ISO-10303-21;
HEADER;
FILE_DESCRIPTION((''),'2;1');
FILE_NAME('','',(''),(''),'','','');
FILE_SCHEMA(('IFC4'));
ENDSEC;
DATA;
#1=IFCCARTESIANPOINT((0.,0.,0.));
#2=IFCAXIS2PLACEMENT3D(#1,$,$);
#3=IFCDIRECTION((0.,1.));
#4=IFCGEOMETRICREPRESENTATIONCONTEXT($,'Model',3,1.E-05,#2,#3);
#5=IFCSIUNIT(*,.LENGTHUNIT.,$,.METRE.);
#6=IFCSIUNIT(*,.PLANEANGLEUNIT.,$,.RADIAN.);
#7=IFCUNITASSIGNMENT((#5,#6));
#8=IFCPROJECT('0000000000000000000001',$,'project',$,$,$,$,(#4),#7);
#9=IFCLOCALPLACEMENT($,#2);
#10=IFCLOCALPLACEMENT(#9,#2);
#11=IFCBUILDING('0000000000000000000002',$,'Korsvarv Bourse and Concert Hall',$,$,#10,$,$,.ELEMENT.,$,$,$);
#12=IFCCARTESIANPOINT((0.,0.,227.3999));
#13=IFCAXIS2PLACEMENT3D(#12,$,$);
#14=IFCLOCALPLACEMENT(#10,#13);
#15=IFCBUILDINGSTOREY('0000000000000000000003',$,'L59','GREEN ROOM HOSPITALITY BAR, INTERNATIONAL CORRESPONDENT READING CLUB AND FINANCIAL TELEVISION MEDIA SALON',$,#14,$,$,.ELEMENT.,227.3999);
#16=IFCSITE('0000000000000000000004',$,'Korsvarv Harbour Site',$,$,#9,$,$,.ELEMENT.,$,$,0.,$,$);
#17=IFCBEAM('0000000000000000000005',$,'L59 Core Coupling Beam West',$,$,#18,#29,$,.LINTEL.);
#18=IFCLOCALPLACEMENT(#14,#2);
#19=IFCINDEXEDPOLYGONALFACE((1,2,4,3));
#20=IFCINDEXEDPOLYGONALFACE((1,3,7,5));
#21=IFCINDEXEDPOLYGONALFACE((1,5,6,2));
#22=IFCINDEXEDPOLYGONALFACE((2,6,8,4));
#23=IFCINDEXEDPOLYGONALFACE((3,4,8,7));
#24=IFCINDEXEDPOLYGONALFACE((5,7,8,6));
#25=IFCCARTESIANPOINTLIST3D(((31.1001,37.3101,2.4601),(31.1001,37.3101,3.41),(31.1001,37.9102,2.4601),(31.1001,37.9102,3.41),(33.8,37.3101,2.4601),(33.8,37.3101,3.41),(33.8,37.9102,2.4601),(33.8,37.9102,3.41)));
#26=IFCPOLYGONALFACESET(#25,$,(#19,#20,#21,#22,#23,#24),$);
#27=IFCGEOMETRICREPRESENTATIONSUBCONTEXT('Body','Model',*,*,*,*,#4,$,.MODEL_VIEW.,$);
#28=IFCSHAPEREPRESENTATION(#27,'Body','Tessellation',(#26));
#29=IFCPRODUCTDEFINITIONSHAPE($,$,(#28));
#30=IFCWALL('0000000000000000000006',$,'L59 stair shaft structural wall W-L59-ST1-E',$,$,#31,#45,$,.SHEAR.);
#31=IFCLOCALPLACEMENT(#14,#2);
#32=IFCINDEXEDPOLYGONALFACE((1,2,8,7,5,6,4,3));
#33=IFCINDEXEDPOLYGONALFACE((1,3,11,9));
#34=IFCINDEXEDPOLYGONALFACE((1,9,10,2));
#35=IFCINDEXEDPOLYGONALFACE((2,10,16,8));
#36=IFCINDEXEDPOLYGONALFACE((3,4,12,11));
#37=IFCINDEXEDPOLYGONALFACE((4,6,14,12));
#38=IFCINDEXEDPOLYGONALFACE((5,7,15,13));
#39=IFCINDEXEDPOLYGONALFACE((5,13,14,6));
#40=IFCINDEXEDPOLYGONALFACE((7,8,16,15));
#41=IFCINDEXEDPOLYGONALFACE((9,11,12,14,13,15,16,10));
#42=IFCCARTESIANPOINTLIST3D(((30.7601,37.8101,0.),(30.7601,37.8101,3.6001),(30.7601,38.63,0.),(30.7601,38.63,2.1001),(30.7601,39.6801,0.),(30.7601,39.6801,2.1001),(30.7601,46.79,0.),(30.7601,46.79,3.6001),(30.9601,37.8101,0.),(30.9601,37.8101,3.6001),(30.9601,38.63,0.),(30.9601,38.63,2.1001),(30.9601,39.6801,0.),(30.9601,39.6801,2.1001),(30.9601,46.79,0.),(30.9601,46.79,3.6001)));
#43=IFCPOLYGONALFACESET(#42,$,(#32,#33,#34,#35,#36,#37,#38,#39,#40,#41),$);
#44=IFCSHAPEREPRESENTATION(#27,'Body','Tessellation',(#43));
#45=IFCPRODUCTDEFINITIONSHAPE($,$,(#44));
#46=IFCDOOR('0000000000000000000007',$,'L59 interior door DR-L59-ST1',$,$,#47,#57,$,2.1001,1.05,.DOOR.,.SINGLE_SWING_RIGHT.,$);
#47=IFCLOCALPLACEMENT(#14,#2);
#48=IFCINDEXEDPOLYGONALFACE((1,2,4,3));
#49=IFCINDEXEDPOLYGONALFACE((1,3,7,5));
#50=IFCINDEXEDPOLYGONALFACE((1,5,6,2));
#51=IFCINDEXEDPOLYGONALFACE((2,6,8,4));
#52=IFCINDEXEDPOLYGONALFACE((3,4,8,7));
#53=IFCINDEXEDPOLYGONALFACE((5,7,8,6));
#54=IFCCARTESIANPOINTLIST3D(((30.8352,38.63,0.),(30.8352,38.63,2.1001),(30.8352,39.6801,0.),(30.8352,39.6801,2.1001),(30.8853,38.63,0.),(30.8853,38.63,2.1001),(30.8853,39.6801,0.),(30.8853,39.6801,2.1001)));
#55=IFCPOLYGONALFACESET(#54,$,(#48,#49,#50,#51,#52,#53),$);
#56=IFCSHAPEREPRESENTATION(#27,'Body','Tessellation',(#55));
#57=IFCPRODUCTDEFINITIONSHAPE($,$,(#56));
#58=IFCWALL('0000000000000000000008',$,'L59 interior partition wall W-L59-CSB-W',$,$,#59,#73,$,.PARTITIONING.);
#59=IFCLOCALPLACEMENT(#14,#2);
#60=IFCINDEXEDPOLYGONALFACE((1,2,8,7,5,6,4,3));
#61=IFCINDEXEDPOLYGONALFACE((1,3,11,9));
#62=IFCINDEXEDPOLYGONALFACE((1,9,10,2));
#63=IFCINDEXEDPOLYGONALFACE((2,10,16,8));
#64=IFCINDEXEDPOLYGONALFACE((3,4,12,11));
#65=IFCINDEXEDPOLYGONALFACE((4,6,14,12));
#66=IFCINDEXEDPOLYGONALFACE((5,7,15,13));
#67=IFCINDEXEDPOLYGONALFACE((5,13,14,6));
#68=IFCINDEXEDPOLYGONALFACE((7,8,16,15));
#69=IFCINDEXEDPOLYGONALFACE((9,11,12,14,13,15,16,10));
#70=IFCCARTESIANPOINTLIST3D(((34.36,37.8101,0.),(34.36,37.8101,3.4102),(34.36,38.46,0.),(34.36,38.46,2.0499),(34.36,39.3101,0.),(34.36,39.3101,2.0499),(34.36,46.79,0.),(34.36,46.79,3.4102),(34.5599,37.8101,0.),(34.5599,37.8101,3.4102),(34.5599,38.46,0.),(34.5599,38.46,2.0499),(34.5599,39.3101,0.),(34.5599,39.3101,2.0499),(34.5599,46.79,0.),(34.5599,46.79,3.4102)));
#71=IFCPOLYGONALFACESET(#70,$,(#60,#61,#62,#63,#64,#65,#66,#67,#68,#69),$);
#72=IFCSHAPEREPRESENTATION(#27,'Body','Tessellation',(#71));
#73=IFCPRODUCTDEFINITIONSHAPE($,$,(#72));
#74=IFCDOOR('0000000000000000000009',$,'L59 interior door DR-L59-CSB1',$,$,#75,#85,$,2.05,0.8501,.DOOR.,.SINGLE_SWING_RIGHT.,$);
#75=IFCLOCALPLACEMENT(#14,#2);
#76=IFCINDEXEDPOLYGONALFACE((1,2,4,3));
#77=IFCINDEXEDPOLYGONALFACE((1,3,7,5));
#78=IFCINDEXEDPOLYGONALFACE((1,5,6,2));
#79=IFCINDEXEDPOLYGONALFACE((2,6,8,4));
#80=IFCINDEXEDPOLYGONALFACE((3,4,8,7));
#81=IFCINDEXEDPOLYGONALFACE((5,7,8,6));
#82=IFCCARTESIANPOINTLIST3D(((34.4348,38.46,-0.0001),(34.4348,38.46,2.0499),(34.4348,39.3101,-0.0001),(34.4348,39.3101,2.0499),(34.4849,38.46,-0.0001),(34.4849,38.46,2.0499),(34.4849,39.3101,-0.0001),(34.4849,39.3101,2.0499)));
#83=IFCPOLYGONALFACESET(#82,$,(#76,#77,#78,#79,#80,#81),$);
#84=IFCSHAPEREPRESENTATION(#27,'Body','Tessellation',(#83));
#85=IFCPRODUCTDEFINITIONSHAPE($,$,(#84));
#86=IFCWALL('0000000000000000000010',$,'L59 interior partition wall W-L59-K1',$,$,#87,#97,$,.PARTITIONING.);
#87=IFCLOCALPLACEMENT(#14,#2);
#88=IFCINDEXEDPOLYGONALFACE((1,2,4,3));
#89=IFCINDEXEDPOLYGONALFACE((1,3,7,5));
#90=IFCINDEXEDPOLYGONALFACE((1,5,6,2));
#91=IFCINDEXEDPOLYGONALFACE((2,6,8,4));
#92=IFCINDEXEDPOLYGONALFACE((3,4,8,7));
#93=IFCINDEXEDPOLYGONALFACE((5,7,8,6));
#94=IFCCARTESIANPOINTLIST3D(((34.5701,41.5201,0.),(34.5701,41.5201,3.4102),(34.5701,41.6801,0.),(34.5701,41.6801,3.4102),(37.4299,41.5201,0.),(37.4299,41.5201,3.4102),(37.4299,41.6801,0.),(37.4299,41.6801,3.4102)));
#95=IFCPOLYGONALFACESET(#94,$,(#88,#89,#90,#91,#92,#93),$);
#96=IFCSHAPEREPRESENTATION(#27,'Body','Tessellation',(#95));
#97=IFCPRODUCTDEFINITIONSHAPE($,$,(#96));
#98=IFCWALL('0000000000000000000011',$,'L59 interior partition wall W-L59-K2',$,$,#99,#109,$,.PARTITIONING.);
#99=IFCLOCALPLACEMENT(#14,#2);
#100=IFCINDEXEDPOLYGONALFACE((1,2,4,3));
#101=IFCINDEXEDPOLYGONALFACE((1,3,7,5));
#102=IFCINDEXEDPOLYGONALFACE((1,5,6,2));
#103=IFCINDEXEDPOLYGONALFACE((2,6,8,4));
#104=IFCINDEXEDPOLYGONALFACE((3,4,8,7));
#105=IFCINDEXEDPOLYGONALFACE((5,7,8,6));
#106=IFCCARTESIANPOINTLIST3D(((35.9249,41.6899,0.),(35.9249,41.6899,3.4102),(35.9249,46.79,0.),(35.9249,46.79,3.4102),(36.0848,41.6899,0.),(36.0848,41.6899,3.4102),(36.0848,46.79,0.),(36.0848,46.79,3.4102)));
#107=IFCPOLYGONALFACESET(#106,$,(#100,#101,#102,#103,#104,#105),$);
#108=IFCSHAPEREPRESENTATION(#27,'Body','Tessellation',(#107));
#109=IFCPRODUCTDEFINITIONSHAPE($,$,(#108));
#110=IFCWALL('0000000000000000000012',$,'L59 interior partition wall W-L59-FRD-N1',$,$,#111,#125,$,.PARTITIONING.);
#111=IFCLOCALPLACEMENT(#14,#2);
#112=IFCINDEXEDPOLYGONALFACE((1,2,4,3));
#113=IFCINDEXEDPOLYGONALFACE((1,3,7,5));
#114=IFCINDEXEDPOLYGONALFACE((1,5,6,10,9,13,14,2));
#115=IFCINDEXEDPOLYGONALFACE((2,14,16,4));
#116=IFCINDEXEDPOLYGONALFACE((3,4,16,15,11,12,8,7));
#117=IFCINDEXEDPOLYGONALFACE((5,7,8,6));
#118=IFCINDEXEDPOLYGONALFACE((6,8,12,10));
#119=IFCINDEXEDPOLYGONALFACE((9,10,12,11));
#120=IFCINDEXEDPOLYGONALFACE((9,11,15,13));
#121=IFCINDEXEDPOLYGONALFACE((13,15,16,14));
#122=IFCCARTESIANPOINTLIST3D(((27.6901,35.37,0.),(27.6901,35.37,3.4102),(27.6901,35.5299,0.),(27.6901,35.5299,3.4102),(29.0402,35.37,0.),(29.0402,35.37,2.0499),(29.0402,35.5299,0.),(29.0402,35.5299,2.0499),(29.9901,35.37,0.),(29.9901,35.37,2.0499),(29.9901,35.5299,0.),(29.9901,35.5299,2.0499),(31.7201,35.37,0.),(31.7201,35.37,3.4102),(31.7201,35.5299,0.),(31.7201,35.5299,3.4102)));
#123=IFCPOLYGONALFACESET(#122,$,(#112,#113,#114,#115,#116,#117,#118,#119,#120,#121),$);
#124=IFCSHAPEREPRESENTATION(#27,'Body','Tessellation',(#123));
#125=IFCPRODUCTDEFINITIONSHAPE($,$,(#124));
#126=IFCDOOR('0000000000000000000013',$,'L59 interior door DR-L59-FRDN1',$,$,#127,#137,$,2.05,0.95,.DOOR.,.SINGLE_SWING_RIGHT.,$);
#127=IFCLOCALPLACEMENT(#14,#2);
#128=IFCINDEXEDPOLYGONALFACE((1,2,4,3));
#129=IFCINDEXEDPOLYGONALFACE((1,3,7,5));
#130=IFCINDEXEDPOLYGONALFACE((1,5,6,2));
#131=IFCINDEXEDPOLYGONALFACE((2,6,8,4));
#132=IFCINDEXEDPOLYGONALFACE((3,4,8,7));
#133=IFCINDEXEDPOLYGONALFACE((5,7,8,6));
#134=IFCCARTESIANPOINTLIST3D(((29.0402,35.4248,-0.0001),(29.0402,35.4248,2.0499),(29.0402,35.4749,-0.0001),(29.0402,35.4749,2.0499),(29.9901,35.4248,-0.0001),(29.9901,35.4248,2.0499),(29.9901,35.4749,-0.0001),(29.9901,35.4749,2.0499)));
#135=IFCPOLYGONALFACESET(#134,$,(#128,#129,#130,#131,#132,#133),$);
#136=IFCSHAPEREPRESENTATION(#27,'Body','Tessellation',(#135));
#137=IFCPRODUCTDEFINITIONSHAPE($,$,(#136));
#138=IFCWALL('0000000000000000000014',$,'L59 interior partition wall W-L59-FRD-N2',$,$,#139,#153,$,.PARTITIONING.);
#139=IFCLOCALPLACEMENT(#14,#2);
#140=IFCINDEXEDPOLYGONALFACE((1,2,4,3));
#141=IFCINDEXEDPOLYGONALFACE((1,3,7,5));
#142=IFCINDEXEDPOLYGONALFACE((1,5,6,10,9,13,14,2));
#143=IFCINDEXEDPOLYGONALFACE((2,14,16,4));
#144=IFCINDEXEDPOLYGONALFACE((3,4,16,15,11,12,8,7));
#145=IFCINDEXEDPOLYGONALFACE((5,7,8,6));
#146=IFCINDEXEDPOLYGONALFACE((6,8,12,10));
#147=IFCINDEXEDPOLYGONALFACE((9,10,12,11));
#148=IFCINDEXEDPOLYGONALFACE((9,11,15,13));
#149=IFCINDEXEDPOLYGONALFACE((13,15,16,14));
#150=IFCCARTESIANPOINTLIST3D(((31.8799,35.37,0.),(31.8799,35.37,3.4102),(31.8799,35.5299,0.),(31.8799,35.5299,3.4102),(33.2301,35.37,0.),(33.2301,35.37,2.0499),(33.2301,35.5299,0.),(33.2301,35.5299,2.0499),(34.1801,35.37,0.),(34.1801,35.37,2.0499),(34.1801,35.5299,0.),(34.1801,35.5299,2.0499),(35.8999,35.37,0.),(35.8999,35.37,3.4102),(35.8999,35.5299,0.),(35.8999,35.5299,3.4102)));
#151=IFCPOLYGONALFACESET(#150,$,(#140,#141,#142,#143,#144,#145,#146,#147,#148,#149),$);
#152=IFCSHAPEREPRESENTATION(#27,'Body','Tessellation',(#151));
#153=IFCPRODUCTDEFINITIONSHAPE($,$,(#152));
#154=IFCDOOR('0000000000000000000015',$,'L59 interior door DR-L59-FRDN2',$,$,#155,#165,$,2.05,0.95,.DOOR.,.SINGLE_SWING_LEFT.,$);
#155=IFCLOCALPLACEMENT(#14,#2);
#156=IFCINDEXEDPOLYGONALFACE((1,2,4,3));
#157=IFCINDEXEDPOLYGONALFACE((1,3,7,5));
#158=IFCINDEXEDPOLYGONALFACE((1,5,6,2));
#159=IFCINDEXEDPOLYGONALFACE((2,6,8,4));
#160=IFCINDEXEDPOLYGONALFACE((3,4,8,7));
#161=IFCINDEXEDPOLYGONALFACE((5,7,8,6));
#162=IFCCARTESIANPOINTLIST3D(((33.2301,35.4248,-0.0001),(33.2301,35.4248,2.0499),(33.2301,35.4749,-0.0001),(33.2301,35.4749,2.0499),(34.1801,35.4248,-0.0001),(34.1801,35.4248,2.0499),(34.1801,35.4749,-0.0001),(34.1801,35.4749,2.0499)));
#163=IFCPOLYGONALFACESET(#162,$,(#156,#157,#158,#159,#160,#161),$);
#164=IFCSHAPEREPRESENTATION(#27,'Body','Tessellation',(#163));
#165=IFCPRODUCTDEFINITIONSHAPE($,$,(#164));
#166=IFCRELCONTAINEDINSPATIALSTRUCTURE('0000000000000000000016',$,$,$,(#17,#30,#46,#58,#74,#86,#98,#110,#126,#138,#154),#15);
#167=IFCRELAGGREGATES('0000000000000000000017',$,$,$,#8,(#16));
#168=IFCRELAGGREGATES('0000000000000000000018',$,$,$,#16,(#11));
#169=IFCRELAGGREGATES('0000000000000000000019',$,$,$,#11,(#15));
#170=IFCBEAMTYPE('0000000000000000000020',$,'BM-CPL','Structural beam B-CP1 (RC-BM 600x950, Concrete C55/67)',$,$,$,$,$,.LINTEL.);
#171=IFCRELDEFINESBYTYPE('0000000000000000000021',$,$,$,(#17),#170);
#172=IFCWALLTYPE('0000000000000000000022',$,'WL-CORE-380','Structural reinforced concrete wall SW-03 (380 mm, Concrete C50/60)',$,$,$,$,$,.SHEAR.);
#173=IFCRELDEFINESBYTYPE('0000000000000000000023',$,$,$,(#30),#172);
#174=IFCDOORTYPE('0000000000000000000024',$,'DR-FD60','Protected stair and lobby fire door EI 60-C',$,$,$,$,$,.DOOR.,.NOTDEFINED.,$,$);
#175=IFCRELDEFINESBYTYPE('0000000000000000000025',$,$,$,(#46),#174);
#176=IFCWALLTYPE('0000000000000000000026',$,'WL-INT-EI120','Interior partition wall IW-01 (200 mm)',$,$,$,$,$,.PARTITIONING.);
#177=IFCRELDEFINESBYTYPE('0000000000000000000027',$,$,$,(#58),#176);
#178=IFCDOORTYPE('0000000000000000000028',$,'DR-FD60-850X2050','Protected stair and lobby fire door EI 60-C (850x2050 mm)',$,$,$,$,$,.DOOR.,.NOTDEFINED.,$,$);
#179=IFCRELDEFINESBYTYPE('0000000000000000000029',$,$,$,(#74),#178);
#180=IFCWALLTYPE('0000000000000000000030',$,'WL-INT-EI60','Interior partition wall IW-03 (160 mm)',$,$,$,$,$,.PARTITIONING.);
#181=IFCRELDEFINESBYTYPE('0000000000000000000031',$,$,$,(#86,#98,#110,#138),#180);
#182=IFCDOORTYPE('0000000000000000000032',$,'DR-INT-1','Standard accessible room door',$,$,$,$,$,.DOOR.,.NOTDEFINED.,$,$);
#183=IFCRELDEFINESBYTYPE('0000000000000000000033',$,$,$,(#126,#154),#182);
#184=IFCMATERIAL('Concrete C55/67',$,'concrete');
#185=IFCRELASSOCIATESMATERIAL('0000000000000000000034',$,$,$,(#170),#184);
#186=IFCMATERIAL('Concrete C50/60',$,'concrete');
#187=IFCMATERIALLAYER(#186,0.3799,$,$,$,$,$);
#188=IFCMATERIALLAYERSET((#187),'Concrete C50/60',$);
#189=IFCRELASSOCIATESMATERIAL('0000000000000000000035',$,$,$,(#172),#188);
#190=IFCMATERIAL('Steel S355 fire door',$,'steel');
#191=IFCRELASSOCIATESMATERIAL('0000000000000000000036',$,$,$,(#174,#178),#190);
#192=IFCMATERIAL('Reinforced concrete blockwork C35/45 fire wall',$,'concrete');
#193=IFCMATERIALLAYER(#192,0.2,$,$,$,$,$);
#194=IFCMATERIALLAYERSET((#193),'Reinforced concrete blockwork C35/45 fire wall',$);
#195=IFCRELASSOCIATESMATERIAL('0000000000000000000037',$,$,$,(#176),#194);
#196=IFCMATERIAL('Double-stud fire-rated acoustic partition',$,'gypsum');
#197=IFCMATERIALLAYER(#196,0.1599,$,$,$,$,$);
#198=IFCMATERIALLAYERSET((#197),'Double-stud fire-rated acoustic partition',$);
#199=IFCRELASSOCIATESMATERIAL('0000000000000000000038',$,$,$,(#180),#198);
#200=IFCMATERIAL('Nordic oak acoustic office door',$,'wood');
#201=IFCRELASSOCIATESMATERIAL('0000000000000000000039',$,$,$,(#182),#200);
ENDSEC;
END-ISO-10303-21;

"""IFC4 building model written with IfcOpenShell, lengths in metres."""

from ifc_helpers import new_model, si_unit, direction, frame, frame_2d, origin, origin_2d, place, context, subcontext, project, spatial, rectangle, extrude, source, transform, mapped, material, layer, layer_set, material_profile, profile_set, type_object, element, fill, save


model = new_model("IFC4")

# Units and contexts
model_context = context("Model", 3, precision=1e-05, world=origin(), true_north=direction((0.0, 1.0)))
body_context = subcontext(model_context, "Body", "Model", "MODEL_VIEW")
ifc_project = project(units=[si_unit("LENGTHUNIT", "METRE"), si_unit("PLANEANGLEUNIT", "RADIAN")], contexts=[model_context])

# Site, building, storey
site_placement = place(None, origin())
site = spatial("IfcSite", under=ifc_project, at=site_placement, Name="Korsvarv Harbour Site", CompositionType="ELEMENT", RefElevation=0.0)
building_placement = place(site_placement, origin())
building = spatial("IfcBuilding", under=site, at=building_placement, Name="Korsvarv Bourse and Concert Hall", CompositionType="ELEMENT")
storey_placement = place(building_placement, frame((0.0, 0.0, 227.3999)))
storey = spatial("IfcBuildingStorey", under=building, at=storey_placement, Name="L59", Description="GREEN ROOM HOSPITALITY BAR, INTERNATIONAL CORRESPONDENT READING CLUB AND FINANCIAL TELEVISION MEDIA SALON", CompositionType="ELEMENT", Elevation=227.3999)

# Beam
ifc_material_1 = material(Name="Concrete C55/67", Category="concrete")
ifc_material_profile = material_profile(ifc_material_1, rectangle(XDim=0.6001, YDim=0.95, at=origin_2d()), Name="RC-BM 600x950")
ifc_profile_set = profile_set([ifc_material_profile], Name="Concrete C55/67")
beam_type = type_object("IfcBeamType", Name="BM-CPL", Description="Structural beam B-CP1 (RC-BM 600x950, Concrete C55/67)", PredefinedType="LINTEL", material=ifc_profile_set)
shared_shape = source(origin(), body_context, "Body", "SweptSolid", [
    extrude(rectangle(XDim=0.6001, YDim=0.95, at=origin_2d()), origin(), (0.0, 0.0, 1.0), 2.7),
])
beam_placement = place(storey_placement, frame((31.1001, 37.6101, 2.9351), z_axis=(1.0, 0.0, 0.0), x_axis=(0.0, 1.0, 0.0)))
element("IfcBeam", 1, at=beam_placement, inside=storey, type_object=beam_type, Name="L59 Core Coupling Beam West", PredefinedType="LINTEL", context=body_context, shape_type="MappedRepresentation", body=[
    mapped(shared_shape, transform((0.0, 0.0, 0.0), scale=1.0)),
])

# Walls, openings, doors
ifc_material_2 = material(Name="Concrete C50/60", Category="concrete")
ifc_layer_1 = layer(ifc_material_2, 0.3799)
ifc_layer_set_1 = layer_set([ifc_layer_1], Name="Concrete C50/60")
wall_type_1 = type_object("IfcWallType", Name="WL-CORE-380", Description="Structural reinforced concrete wall SW-03 (380 mm, Concrete C50/60)", PredefinedType="SHEAR", material=ifc_layer_set_1)
wall_1_placement = place(storey_placement, frame((30.8601, 37.8101, 0.0), z_axis=(0.0, 0.0, 1.0), x_axis=(0.0, 1.0, 0.0)))
wall_1 = element("IfcWall", 2, at=wall_1_placement, inside=storey, type_object=wall_type_1, Name="L59 stair shaft structural wall W-L59-ST1-E", PredefinedType="SHEAR", context=body_context, shape_type="SweptSolid", body=[
    extrude(rectangle(XDim=8.98, YDim=0.2, at=frame_2d((4.49, 0.0))), origin(), (0.0, 0.0, 1.0), 3.6001),
])
opening_1_placement = place(wall_1_placement, frame((0.8201, 0.0, 0.0)))
opening_1 = element("IfcOpeningElement", 3, at=opening_1_placement, cuts=wall_1, PredefinedType="OPENING", context=body_context, shape_type="SweptSolid", body=[
    extrude(rectangle(XDim=1.05, YDim=2.1001, at=frame_2d((0.5249, 1.05))), frame((0.0, 0.1099, 0.0), z_axis=(0.0, -1.0, 0.0), x_axis=(1.0, 0.0, 0.0)), (0.0, 0.0, 1.0), 0.22),
])
ifc_material_3 = material(Name="Steel S355 fire door", Category="steel")
door_type_1 = type_object("IfcDoorType", Name="DR-FD60", Description="Protected stair and lobby fire door EI 60-C", OperationType="NOTDEFINED", PredefinedType="DOOR", material=ifc_material_3)
door_1_placement = place(opening_1_placement, origin())
door_1 = element("IfcDoor", 4, at=door_1_placement, inside=storey, type_object=door_type_1, Name="L59 interior door DR-L59-ST1", OperationType="SINGLE_SWING_RIGHT", OverallHeight=2.1001, OverallWidth=1.05, PredefinedType="DOOR", context=body_context, shape_type="SweptSolid", body=[
    extrude(rectangle(XDim=1.05, YDim=2.1001, at=frame_2d((0.5249, 1.05))), frame((0.0, 0.0249, 0.0), z_axis=(0.0, -1.0, 0.0), x_axis=(1.0, 0.0, 0.0)), (0.0, 0.0, 1.0), 0.05),
])
fill(opening_1, door_1)
ifc_material_4 = material(Name="Reinforced concrete blockwork C35/45 fire wall", Category="concrete")
ifc_layer_2 = layer(ifc_material_4, 0.2)
ifc_layer_set_2 = layer_set([ifc_layer_2], Name="Reinforced concrete blockwork C35/45 fire wall")
wall_type_2 = type_object("IfcWallType", Name="WL-INT-EI120", Description="Interior partition wall IW-01 (200 mm)", PredefinedType="PARTITIONING", material=ifc_layer_set_2)
wall_2_placement = place(storey_placement, frame((34.46, 37.8101, 0.0), z_axis=(0.0, 0.0, 1.0), x_axis=(0.0, 1.0, 0.0)))
wall_2 = element("IfcWall", 5, at=wall_2_placement, inside=storey, type_object=wall_type_2, Name="L59 interior partition wall W-L59-CSB-W", PredefinedType="PARTITIONING", context=body_context, shape_type="SweptSolid", body=[
    extrude(rectangle(XDim=8.98, YDim=0.2, at=frame_2d((4.49, 0.0))), origin(), (0.0, 0.0, 1.0), 3.4102),
])
opening_2_placement = place(wall_2_placement, frame((0.6499, 0.0, 0.0)))
opening_2 = element("IfcOpeningElement", 6, at=opening_2_placement, cuts=wall_2, PredefinedType="OPENING", context=body_context, shape_type="SweptSolid", body=[
    extrude(rectangle(XDim=0.8501, YDim=2.05, at=frame_2d((0.425, 1.0249))), frame((0.0, 0.1099, 0.0), z_axis=(0.0, -1.0, 0.0), x_axis=(1.0, 0.0, 0.0)), (0.0, 0.0, 1.0), 0.22),
])
door_type_2 = type_object("IfcDoorType", Name="DR-FD60-850X2050", Description="Protected stair and lobby fire door EI 60-C (850x2050 mm)", OperationType="NOTDEFINED", PredefinedType="DOOR", material=ifc_material_3)
door_2_placement = place(opening_2_placement, frame((0.8501, 0.0, 0.0), z_axis=(0.0, 0.0, 1.0), x_axis=(-1.0, 0.0, 0.0)))
door_2 = element("IfcDoor", 7, at=door_2_placement, inside=storey, type_object=door_type_2, Name="L59 interior door DR-L59-CSB1", OperationType="SINGLE_SWING_RIGHT", OverallHeight=2.05, OverallWidth=0.8501, PredefinedType="DOOR", context=body_context, shape_type="SweptSolid", body=[
    extrude(rectangle(XDim=0.8501, YDim=2.05, at=frame_2d((0.425, 1.0249))), frame((0.0, 0.0249, 0.0), z_axis=(0.0, -1.0, 0.0), x_axis=(1.0, 0.0, 0.0)), (0.0, 0.0, 1.0), 0.05),
])
fill(opening_2, door_2)

# Walls
ifc_material_5 = material(Name="Double-stud fire-rated acoustic partition", Category="gypsum")
ifc_layer_3 = layer(ifc_material_5, 0.1599)
ifc_layer_set_3 = layer_set([ifc_layer_3], Name="Double-stud fire-rated acoustic partition")
wall_type_3 = type_object("IfcWallType", Name="WL-INT-EI60", Description="Interior partition wall IW-03 (160 mm)", PredefinedType="PARTITIONING", material=ifc_layer_set_3)
wall_3_placement = place(storey_placement, frame((34.5701, 41.6001, 0.0), z_axis=(0.0, 0.0, 1.0), x_axis=(1.0, 0.0, 0.0)))
element("IfcWall", 8, at=wall_3_placement, inside=storey, type_object=wall_type_3, Name="L59 interior partition wall W-L59-K1", PredefinedType="PARTITIONING", context=body_context, shape_type="SweptSolid", body=[
    extrude(rectangle(XDim=2.8599, YDim=0.1599, at=frame_2d((1.4299, 0.0))), origin(), (0.0, 0.0, 1.0), 3.4102),
])
wall_4_placement = place(storey_placement, frame((36.0049, 41.6899, 0.0), z_axis=(0.0, 0.0, 1.0), x_axis=(0.0, 1.0, 0.0)))
element("IfcWall", 9, at=wall_4_placement, inside=storey, type_object=wall_type_3, Name="L59 interior partition wall W-L59-K2", PredefinedType="PARTITIONING", context=body_context, shape_type="SweptSolid", body=[
    extrude(rectangle(XDim=5.1001, YDim=0.1599, at=frame_2d((2.55, 0.0))), origin(), (0.0, 0.0, 1.0), 3.4102),
])

# Walls, openings, doors
wall_5_placement = place(storey_placement, frame((27.6899, 35.45, 0.0), z_axis=(0.0, 0.0, 1.0), x_axis=(1.0, 0.0, 0.0)))
wall_5 = element("IfcWall", 10, at=wall_5_placement, inside=storey, type_object=wall_type_3, Name="L59 interior partition wall W-L59-FRD-N1", PredefinedType="PARTITIONING", context=body_context, shape_type="SweptSolid", body=[
    extrude(rectangle(XDim=4.03, YDim=0.1599, at=frame_2d((2.0151, 0.0))), origin(), (0.0, 0.0, 1.0), 3.4102),
])
opening_3_placement = place(wall_5_placement, frame((1.3501, 0.0, 0.0)))
opening_3 = element("IfcOpeningElement", 11, at=opening_3_placement, cuts=wall_5, PredefinedType="OPENING", context=body_context, shape_type="SweptSolid", body=[
    extrude(rectangle(XDim=0.95, YDim=2.05, at=frame_2d((0.4751, 1.0249))), frame((0.0, 0.0898, 0.0), z_axis=(0.0, -1.0, 0.0), x_axis=(1.0, 0.0, 0.0)), (0.0, 0.0, 1.0), 0.1799),
])
ifc_material_6 = material(Name="Nordic oak acoustic office door", Category="wood")
door_type_3 = type_object("IfcDoorType", Name="DR-INT-1", Description="Standard accessible room door", OperationType="NOTDEFINED", PredefinedType="DOOR", material=ifc_material_6)
door_3_placement = place(opening_3_placement, origin())
door_3 = element("IfcDoor", 12, at=door_3_placement, inside=storey, type_object=door_type_3, Name="L59 interior door DR-L59-FRDN1", OperationType="SINGLE_SWING_RIGHT", OverallHeight=2.05, OverallWidth=0.95, PredefinedType="DOOR", context=body_context, shape_type="SweptSolid", body=[
    extrude(rectangle(XDim=0.95, YDim=2.05, at=frame_2d((0.4751, 1.0249))), frame((0.0, 0.0249, 0.0), z_axis=(0.0, -1.0, 0.0), x_axis=(1.0, 0.0, 0.0)), (0.0, 0.0, 1.0), 0.05),
])
fill(opening_3, door_3)
wall_6_placement = place(storey_placement, frame((31.8799, 35.45, 0.0), z_axis=(0.0, 0.0, 1.0), x_axis=(1.0, 0.0, 0.0)))
wall_6 = element("IfcWall", 13, at=wall_6_placement, inside=storey, type_object=wall_type_3, Name="L59 interior partition wall W-L59-FRD-N2", PredefinedType="PARTITIONING", context=body_context, shape_type="SweptSolid", body=[
    extrude(rectangle(XDim=4.02, YDim=0.1599, at=frame_2d((2.01, 0.0))), origin(), (0.0, 0.0, 1.0), 3.4102),
])
opening_4_placement = place(wall_6_placement, frame((1.3501, 0.0, 0.0)))
opening_4 = element("IfcOpeningElement", 14, at=opening_4_placement, cuts=wall_6, PredefinedType="OPENING", context=body_context, shape_type="SweptSolid", body=[
    extrude(rectangle(XDim=0.95, YDim=2.05, at=frame_2d((0.4751, 1.0249))), frame((0.0, 0.0898, 0.0), z_axis=(0.0, -1.0, 0.0), x_axis=(1.0, 0.0, 0.0)), (0.0, 0.0, 1.0), 0.1799),
])
door_4_placement = place(opening_4_placement, origin())
door_4 = element("IfcDoor", 15, at=door_4_placement, inside=storey, type_object=door_type_3, Name="L59 interior door DR-L59-FRDN2", OperationType="SINGLE_SWING_LEFT", OverallHeight=2.05, OverallWidth=0.95, PredefinedType="DOOR", context=body_context, shape_type="SweptSolid", body=[
    extrude(rectangle(XDim=0.95, YDim=2.05, at=frame_2d((0.4751, 1.0249))), frame((0.0, 0.0249, 0.0), z_axis=(0.0, -1.0, 0.0), x_axis=(1.0, 0.0, 0.0)), (0.0, 0.0, 1.0), 0.05),
])
fill(opening_4, door_4)

save(model, "model.ifc")
